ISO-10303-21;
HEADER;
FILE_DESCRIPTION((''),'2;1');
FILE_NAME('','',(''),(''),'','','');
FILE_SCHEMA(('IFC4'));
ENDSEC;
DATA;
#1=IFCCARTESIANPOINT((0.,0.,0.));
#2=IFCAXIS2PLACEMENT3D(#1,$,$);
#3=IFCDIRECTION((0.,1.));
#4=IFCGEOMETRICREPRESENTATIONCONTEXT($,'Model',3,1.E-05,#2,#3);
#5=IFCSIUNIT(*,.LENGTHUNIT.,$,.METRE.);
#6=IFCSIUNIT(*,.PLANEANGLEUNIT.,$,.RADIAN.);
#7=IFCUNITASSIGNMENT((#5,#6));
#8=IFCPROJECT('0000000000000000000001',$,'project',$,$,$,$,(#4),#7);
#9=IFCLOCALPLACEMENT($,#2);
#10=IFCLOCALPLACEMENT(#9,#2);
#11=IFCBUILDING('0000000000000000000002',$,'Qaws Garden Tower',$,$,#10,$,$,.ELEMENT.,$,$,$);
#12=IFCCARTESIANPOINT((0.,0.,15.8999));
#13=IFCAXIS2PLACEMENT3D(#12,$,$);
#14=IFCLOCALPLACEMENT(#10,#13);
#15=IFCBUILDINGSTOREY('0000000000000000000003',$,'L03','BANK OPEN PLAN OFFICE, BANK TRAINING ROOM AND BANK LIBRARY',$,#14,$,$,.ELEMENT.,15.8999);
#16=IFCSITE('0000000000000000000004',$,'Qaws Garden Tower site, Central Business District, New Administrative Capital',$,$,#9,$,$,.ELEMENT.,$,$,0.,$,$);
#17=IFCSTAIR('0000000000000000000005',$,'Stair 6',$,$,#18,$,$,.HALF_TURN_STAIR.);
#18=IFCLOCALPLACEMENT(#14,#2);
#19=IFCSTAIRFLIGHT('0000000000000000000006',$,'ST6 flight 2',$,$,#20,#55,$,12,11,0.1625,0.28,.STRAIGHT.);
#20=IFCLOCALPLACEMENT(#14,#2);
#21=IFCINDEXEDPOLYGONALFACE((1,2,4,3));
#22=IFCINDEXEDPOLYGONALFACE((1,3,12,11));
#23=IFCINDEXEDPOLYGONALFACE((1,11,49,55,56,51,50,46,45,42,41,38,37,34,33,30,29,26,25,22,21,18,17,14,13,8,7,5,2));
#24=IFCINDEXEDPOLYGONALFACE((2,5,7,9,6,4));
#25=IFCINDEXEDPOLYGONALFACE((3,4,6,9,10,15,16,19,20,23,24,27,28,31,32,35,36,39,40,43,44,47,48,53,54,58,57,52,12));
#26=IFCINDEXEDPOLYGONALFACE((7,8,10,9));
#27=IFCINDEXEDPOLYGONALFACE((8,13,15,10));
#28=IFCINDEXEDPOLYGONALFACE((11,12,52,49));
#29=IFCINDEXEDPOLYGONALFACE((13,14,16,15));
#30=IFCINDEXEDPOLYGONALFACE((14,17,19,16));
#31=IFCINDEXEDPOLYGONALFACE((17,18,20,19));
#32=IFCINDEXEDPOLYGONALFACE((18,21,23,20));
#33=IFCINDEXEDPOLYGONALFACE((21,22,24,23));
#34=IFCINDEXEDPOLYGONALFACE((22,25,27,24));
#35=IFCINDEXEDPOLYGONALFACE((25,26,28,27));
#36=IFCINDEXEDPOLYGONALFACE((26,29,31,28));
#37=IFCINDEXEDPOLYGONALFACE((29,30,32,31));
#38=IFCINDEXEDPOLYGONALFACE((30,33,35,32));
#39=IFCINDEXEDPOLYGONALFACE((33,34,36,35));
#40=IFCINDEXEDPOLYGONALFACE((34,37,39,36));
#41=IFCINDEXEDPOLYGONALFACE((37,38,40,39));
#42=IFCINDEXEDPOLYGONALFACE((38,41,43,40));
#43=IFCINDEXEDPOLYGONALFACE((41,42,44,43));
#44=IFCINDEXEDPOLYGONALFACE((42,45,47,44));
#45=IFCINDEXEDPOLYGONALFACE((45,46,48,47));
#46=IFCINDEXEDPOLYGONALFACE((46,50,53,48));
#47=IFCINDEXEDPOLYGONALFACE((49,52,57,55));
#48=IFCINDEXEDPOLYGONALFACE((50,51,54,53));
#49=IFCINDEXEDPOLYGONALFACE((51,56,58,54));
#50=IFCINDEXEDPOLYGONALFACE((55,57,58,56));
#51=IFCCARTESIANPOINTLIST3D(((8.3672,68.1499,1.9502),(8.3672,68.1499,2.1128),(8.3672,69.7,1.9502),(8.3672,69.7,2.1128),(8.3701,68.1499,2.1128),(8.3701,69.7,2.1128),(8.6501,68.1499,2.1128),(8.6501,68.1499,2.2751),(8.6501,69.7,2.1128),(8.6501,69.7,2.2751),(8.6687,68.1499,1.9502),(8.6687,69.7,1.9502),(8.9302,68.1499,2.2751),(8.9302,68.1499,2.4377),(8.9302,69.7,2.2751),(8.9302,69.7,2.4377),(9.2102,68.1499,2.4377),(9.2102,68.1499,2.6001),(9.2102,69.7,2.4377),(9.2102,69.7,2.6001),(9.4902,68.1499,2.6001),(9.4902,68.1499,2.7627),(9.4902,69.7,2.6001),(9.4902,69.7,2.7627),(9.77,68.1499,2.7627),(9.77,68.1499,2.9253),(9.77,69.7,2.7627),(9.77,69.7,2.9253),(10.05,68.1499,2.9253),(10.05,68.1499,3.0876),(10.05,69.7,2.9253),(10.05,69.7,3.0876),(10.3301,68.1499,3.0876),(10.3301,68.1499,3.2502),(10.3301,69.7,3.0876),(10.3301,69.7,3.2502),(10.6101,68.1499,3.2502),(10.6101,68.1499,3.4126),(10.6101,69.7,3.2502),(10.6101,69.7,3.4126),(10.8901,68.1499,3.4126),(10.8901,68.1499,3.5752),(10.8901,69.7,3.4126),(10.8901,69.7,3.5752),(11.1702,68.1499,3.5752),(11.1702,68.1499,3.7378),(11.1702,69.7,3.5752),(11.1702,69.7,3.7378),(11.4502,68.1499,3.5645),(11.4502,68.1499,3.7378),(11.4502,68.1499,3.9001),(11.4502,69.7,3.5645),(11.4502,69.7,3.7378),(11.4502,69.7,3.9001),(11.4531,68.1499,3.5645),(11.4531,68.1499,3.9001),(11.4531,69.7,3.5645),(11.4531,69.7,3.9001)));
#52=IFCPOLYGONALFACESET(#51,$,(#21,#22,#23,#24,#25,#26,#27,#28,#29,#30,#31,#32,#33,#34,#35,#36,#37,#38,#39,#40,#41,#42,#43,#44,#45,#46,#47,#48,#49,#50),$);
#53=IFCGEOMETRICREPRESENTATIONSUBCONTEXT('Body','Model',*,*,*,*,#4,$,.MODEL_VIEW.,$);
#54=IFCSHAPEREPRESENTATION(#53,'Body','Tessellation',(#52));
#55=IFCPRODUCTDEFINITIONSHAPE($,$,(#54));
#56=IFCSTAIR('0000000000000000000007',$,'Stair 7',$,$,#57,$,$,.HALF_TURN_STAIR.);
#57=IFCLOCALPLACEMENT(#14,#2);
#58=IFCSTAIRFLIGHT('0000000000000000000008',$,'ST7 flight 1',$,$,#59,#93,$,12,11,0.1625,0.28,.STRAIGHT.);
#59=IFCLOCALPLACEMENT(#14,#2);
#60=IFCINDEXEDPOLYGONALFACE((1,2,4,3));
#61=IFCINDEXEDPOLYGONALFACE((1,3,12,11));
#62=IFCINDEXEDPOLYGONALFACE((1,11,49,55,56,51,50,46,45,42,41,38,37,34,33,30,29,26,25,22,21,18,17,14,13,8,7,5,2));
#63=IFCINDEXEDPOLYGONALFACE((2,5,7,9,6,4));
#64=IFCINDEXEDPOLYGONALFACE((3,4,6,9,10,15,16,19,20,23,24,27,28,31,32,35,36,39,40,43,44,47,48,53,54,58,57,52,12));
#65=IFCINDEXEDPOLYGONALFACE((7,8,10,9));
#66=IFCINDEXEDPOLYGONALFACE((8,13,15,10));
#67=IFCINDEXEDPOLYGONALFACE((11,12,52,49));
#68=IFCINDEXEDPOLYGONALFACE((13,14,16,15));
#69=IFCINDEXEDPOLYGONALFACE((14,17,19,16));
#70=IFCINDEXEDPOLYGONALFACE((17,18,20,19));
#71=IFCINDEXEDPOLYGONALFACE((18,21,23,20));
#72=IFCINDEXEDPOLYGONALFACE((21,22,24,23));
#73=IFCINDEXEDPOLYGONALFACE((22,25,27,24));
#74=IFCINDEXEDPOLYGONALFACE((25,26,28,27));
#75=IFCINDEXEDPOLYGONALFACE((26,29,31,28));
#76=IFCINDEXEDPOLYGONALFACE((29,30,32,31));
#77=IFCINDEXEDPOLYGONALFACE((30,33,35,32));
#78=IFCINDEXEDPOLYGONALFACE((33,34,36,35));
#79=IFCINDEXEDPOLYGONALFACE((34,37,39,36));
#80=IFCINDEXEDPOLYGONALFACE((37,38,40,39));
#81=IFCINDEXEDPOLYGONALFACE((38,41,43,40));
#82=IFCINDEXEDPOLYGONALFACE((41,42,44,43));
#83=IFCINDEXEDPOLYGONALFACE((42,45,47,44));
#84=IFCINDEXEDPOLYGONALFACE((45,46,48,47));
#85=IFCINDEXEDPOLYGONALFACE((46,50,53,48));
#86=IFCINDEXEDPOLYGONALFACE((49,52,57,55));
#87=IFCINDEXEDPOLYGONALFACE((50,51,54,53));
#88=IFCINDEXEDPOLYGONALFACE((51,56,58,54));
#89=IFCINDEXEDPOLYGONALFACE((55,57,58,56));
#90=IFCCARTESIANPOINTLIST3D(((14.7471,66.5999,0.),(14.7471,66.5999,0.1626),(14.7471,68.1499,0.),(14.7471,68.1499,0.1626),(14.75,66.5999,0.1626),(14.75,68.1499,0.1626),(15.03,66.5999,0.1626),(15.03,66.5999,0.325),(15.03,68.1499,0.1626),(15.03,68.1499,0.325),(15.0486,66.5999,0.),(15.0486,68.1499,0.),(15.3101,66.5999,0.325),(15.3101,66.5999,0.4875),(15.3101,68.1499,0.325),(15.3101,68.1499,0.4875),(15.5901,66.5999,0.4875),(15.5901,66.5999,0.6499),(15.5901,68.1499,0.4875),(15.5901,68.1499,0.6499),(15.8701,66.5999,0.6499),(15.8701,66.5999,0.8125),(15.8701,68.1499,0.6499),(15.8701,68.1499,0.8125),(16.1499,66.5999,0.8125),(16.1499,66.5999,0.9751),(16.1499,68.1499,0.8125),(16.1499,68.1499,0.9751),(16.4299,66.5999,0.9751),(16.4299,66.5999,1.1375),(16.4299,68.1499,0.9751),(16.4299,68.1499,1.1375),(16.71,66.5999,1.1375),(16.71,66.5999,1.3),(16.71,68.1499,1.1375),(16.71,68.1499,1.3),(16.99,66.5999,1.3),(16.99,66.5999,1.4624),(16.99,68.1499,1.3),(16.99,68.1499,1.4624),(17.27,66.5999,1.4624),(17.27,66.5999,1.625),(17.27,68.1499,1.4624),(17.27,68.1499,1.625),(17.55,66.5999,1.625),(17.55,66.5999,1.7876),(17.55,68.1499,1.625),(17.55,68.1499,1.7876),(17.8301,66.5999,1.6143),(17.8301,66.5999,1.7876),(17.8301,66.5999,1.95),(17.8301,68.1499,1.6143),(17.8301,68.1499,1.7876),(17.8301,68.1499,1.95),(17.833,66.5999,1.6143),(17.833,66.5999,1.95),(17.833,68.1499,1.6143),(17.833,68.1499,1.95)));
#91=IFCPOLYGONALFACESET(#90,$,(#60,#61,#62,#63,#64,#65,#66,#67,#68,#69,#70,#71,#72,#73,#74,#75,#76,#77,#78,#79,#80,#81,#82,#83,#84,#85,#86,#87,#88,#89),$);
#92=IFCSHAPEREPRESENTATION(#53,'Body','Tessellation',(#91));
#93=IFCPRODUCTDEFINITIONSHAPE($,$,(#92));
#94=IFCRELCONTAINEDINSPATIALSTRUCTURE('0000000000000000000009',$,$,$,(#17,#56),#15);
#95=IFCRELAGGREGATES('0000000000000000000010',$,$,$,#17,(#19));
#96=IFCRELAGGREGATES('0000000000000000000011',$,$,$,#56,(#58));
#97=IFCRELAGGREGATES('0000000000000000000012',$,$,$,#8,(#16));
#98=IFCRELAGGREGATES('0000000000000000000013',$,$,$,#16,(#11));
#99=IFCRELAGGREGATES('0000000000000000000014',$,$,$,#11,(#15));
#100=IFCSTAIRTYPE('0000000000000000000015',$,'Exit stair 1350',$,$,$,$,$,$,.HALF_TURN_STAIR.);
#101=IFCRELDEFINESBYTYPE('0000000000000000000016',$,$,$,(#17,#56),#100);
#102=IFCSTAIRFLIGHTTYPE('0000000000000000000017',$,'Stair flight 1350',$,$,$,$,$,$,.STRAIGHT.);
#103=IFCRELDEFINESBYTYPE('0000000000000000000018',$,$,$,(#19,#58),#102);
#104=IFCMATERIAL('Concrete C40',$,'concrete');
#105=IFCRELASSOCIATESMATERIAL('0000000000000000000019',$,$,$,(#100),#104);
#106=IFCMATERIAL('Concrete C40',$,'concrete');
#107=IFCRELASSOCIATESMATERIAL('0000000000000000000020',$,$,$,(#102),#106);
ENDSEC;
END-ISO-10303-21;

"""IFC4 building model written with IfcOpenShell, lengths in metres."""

from ifc_helpers import new_model, si_unit, direction, frame, origin, place, context, subcontext, project, spatial, polyline, outline, extrude, material, type_object, element, aggregate, save


model = new_model("IFC4")

# Units and contexts
model_context = context("Model", 3, precision=1e-05, world=origin(), true_north=direction((0.0, 1.0)))
body_context = subcontext(model_context, "Body", "Model", "MODEL_VIEW")
ifc_project = project(units=[si_unit("LENGTHUNIT", "METRE"), si_unit("PLANEANGLEUNIT", "RADIAN")], contexts=[model_context])

# Site, building, storey
site_placement = place(None, origin())
site = spatial("IfcSite", under=ifc_project, at=site_placement, Name="Qaws Garden Tower site, Central Business District, New Administrative Capital", CompositionType="ELEMENT", RefElevation=0.0)
building_placement = place(site_placement, origin())
building = spatial("IfcBuilding", under=site, at=building_placement, Name="Qaws Garden Tower", CompositionType="ELEMENT")
storey_placement = place(building_placement, frame((0.0, 0.0, 15.8999)))
storey = spatial("IfcBuildingStorey", under=building, at=storey_placement, Name="L03", Description="BANK OPEN PLAN OFFICE, BANK TRAINING ROOM AND BANK LIBRARY", CompositionType="ELEMENT", Elevation=15.8999)

# Stair, stair flight
ifc_material_1 = material(Name="Concrete C40", Category="concrete")
stair_type = type_object("IfcStairType", Name="Exit stair 1350", PredefinedType="HALF_TURN_STAIR", material=ifc_material_1)
placement = place(storey_placement, origin())
stair_1 = element("IfcStair", 1, at=placement, inside=storey, type_object=stair_type, Name="Stair 6", PredefinedType="HALF_TURN_STAIR")
ifc_material_2 = material(Name="Concrete C40", Category="concrete")
stair_flight_type = type_object("IfcStairFlightType", Name="Stair flight 1350", PredefinedType="STRAIGHT", material=ifc_material_2)
stair_flight_1_placement = place(storey_placement, frame((8.3701, 68.925, 1.9502), z_axis=(0.0, 0.0, 1.0), x_axis=(1.0, 0.0, 0.0)))
stair_flight_1 = element("IfcStairFlight", 2, at=stair_flight_1_placement, type_object=stair_flight_type, Name="ST6 flight 2", NumberOfRisers=12, NumberOfTreads=11, PredefinedType="STRAIGHT", RiserHeight=0.1625, TreadLength=0.28, context=body_context, shape_type="SweptSolid", body=[
    extrude(outline(polyline([(-0.0029, 0.0), (-0.0029, 0.1626), (0.0, 0.1626), (0.28, 0.1626), (0.28, 0.325), (0.5601, 0.325), (0.5601, 0.4875), (0.8401, 0.4875), (0.8401, 0.6499), (1.1201, 0.6499), (1.1201, 0.8125), (1.3999, 0.8125), (1.3999, 0.9751), (1.6799, 0.9751), (1.6799, 1.1375), (1.96, 1.1375), (1.96, 1.3), (2.24, 1.3), (2.24, 1.4624), (2.52, 1.4624), (2.52, 1.625), (2.8, 1.625), (2.8, 1.7876), (3.0801, 1.7876), (3.0801, 1.95), (3.083, 1.95), (3.083, 1.6143), (3.0801, 1.6143), (0.2986, 0.0), (-0.0029, 0.0)])), frame((0.0, 0.7749, 0.0), z_axis=(0.0, -1.0, 0.0), x_axis=(1.0, 0.0, 0.0)), (0.0, 0.0, 1.0), 1.55),
])
aggregate(stair_1, [stair_flight_1])

# Stair, stair flight
stair_2 = element("IfcStair", 3, at=placement, inside=storey, type_object=stair_type, Name="Stair 7", PredefinedType="HALF_TURN_STAIR")
stair_flight_2_placement = place(storey_placement, frame((14.75, 67.375, 0.0), z_axis=(0.0, 0.0, 1.0), x_axis=(1.0, 0.0, 0.0)))
stair_flight_2 = element("IfcStairFlight", 4, at=stair_flight_2_placement, type_object=stair_flight_type, Name="ST7 flight 1", NumberOfRisers=12, NumberOfTreads=11, PredefinedType="STRAIGHT", RiserHeight=0.1625, TreadLength=0.28, context=body_context, shape_type="SweptSolid", body=[
    extrude(outline(polyline([(-0.0029, 0.0), (-0.0029, 0.1626), (0.0, 0.1626), (0.28, 0.1626), (0.28, 0.325), (0.5601, 0.325), (0.5601, 0.4875), (0.8401, 0.4875), (0.8401, 0.6499), (1.1201, 0.6499), (1.1201, 0.8125), (1.3999, 0.8125), (1.3999, 0.9751), (1.6799, 0.9751), (1.6799, 1.1375), (1.96, 1.1375), (1.96, 1.3), (2.24, 1.3), (2.24, 1.4624), (2.52, 1.4624), (2.52, 1.625), (2.8, 1.625), (2.8, 1.7876), (3.0801, 1.7876), (3.0801, 1.95), (3.083, 1.95), (3.083, 1.6143), (3.0801, 1.6143), (0.2986, 0.0), (-0.0029, 0.0)])), frame((0.0, 0.7749, 0.0), z_axis=(0.0, -1.0, 0.0), x_axis=(1.0, 0.0, 0.0)), (0.0, 0.0, 1.0), 1.55),
])
aggregate(stair_2, [stair_flight_2])

save(model, "model.ifc")
